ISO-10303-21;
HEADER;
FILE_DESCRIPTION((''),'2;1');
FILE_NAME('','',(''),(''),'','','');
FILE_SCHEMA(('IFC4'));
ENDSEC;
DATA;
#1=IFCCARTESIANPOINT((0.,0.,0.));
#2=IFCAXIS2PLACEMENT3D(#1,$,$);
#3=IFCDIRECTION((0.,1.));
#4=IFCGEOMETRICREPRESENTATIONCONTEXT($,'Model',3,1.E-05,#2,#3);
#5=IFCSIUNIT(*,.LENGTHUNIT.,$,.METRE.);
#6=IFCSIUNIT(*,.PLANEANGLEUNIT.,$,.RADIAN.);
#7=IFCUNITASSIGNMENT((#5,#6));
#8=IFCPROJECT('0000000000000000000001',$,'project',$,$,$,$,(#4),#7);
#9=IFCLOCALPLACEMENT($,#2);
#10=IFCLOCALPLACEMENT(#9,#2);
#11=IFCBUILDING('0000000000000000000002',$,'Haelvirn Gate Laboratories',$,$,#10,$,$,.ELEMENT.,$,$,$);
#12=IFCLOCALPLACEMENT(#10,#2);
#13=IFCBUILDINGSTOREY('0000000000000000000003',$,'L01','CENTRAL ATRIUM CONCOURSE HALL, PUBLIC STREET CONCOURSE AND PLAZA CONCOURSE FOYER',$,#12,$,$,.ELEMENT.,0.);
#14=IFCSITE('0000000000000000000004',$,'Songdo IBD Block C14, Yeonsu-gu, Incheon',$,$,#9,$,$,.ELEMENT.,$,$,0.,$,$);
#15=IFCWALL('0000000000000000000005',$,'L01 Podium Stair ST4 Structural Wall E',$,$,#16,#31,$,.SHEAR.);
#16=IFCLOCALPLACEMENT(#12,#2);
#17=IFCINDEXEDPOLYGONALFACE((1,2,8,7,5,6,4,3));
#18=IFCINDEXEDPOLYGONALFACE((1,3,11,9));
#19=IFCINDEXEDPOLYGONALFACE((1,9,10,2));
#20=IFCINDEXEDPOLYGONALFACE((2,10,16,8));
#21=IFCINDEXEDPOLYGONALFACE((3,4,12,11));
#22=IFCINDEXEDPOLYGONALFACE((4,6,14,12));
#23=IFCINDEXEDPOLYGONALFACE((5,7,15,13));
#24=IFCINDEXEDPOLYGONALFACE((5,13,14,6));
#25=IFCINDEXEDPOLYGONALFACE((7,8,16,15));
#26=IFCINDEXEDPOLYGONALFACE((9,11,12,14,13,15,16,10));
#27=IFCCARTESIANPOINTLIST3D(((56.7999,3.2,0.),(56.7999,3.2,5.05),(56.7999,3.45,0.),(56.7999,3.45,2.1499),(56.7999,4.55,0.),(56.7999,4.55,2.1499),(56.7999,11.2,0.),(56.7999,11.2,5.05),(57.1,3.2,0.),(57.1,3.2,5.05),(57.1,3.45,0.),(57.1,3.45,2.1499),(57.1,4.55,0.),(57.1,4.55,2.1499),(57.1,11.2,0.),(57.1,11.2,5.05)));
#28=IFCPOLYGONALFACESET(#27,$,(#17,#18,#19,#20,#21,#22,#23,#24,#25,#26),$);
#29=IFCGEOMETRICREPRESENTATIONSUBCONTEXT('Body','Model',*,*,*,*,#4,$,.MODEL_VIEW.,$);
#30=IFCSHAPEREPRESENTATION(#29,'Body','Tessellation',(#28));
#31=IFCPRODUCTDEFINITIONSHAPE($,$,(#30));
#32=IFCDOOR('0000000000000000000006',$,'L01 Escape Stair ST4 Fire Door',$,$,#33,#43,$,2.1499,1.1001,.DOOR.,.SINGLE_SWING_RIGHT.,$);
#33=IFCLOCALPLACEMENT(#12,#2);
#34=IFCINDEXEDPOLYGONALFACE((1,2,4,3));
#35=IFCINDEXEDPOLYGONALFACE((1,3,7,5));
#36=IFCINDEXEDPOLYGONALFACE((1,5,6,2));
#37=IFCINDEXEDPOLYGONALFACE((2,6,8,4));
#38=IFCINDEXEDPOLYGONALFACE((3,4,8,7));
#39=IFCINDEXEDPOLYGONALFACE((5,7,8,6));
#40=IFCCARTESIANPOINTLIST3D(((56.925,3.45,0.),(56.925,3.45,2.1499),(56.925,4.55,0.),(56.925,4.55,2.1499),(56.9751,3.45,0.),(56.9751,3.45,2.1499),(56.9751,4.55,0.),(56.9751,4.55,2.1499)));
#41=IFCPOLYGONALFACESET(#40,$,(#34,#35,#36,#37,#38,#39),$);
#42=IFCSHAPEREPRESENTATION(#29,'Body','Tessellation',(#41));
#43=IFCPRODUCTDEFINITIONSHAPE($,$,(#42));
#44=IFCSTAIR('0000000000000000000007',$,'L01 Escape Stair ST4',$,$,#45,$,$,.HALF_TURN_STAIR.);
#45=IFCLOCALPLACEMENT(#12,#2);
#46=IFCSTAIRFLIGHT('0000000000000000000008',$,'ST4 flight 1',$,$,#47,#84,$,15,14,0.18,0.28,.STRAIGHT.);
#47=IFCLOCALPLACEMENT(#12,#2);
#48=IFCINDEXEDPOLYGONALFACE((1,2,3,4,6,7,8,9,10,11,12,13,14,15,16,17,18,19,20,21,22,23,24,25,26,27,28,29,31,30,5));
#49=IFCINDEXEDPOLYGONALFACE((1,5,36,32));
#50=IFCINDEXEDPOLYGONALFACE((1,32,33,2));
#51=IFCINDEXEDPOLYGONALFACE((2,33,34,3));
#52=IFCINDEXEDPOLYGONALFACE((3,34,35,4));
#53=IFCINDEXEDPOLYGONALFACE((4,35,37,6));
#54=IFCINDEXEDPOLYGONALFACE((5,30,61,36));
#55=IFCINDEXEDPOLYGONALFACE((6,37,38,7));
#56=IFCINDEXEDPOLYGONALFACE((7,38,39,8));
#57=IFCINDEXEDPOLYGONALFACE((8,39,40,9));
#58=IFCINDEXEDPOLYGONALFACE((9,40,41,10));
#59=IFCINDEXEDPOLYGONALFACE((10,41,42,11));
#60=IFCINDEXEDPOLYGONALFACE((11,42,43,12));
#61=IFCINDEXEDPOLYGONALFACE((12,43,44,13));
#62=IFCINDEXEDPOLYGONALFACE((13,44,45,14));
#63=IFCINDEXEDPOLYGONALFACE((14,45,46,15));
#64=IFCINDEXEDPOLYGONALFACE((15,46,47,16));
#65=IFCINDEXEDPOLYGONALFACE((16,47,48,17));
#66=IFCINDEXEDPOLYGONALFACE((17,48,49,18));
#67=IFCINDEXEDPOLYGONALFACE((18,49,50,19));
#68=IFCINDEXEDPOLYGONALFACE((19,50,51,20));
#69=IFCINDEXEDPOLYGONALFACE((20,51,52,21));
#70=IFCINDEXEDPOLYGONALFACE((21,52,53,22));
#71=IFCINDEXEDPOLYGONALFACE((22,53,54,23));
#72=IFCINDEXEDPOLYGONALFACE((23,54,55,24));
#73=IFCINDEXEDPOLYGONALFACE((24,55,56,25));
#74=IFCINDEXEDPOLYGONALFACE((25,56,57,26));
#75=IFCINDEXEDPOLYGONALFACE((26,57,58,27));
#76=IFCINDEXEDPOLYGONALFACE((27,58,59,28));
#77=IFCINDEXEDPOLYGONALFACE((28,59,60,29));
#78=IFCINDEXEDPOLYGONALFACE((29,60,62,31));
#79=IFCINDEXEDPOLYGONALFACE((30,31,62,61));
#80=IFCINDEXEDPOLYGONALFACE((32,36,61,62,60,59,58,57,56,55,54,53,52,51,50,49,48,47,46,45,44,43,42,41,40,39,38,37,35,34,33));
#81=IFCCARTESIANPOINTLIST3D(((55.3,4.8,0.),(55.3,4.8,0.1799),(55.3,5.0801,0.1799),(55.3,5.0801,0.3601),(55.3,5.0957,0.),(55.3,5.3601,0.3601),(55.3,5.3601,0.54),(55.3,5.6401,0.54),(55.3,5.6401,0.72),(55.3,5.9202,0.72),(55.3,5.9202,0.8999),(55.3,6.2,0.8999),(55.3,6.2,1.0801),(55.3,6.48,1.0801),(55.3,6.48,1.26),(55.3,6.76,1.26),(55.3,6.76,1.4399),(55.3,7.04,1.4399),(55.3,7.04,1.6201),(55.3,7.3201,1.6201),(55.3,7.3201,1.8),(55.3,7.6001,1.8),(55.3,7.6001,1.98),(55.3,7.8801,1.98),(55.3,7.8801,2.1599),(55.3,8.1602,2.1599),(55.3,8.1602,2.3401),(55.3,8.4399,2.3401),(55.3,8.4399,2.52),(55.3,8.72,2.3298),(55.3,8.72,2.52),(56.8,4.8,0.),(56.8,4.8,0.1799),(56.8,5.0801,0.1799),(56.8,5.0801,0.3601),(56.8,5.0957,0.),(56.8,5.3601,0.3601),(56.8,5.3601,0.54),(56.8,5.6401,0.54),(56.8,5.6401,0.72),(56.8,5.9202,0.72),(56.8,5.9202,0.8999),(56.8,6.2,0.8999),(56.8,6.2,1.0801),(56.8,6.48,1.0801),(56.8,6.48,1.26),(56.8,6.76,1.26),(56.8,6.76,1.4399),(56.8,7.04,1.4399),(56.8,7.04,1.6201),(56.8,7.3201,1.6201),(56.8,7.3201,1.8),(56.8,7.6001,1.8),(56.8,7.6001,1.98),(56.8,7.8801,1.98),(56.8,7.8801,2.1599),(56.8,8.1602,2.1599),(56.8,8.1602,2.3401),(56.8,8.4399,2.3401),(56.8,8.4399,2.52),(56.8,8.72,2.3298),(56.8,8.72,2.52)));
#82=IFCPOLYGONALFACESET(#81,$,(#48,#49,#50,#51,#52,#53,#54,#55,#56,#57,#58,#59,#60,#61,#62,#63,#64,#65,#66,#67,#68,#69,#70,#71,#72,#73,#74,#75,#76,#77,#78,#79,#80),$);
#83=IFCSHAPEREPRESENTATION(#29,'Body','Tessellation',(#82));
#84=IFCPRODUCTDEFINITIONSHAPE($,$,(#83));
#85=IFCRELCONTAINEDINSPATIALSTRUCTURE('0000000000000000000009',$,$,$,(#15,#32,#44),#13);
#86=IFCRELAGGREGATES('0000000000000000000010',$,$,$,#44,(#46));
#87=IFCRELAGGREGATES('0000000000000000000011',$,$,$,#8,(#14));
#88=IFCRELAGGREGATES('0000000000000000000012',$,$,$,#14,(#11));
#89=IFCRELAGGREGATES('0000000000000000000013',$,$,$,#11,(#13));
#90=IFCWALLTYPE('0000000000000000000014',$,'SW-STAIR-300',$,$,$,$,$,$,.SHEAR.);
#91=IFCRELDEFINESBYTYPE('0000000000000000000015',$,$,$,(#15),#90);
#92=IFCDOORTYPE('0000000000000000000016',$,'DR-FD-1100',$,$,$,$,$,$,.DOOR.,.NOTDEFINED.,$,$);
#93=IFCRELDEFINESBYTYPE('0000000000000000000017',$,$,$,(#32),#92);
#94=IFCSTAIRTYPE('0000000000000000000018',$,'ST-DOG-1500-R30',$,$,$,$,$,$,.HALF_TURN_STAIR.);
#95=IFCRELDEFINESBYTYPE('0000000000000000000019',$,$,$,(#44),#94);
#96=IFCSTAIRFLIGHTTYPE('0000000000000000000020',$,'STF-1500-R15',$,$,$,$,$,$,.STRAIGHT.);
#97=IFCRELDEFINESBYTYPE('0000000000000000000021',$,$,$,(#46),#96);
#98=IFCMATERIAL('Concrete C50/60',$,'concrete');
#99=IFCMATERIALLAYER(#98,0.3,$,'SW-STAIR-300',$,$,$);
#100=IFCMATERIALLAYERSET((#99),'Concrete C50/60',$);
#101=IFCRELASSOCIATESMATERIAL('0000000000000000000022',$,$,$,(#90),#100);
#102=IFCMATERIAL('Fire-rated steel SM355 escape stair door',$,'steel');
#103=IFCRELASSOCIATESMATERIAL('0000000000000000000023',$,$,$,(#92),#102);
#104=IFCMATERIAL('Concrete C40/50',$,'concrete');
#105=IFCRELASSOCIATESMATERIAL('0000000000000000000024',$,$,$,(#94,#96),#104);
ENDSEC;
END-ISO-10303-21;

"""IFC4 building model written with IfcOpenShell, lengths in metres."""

from ifc_helpers import new_model, si_unit, direction, frame, frame_2d, origin, place, context, subcontext, project, spatial, polyline, rectangle, outline, extrude, source, transform, mapped, material, layer, layer_set, type_object, type_shapes, element, fill, aggregate, save


model = new_model("IFC4")

# Units and contexts
model_context = context("Model", 3, precision=1e-05, world=origin(), true_north=direction((0.0, 1.0)))
body_context = subcontext(model_context, "Body", "Model", "MODEL_VIEW")
ifc_project = project(units=[si_unit("LENGTHUNIT", "METRE"), si_unit("PLANEANGLEUNIT", "RADIAN")], contexts=[model_context])

# Site, building, storey
site_placement = place(None, origin())
site = spatial("IfcSite", under=ifc_project, at=site_placement, Name="Songdo IBD Block C14, Yeonsu-gu, Incheon", CompositionType="ELEMENT", RefElevation=0.0)
building_placement = place(site_placement, origin())
building = spatial("IfcBuilding", under=site, at=building_placement, Name="Haelvirn Gate Laboratories", CompositionType="ELEMENT")
storey_placement = place(building_placement, origin())
storey = spatial("IfcBuildingStorey", under=building, at=storey_placement, Name="L01", Description="CENTRAL ATRIUM CONCOURSE HALL, PUBLIC STREET CONCOURSE AND PLAZA CONCOURSE FOYER", CompositionType="ELEMENT", Elevation=0.0)

# Shared definitions
ifc_material_1 = material(Name="Concrete C40/50", Category="concrete")

# Wall, opening, door
ifc_material_2 = material(Name="Concrete C50/60", Category="concrete")
ifc_layer_1 = layer(ifc_material_2, 0.3, Name="SW-STAIR-300")
ifc_layer_set_1 = layer_set([ifc_layer_1], Name="Concrete C50/60")
wall_type_1 = type_object("IfcWallType", Name="SW-STAIR-300", PredefinedType="SHEAR", material=ifc_layer_set_1)
wall_1_placement = place(storey_placement, frame((56.95, 3.2, 0.0), z_axis=(0.0, 0.0, 1.0), x_axis=(0.0, 1.0, 0.0)))
wall_1 = element("IfcWall", 1, at=wall_1_placement, inside=storey, type_object=wall_type_1, Name="L01 Podium Stair ST4 Structural Wall E", PredefinedType="SHEAR", context=body_context, shape_type="SweptSolid", body=[
    extrude(rectangle(XDim=8.0, YDim=0.3, at=frame_2d((4.0, 0.0))), origin(), (0.0, 0.0, 1.0), 5.05),
])
opening_1_placement = place(wall_1_placement, frame((0.25, 0.0, 0.0)))
opening_1 = element("IfcOpeningElement", 2, at=opening_1_placement, cuts=wall_1, PredefinedType="OPENING", context=body_context, shape_type="SweptSolid", body=[
    extrude(rectangle(XDim=1.1001, YDim=2.1499, at=frame_2d((0.55, 1.075))), frame((0.0, 0.1602, 0.0), z_axis=(0.0, -1.0, 0.0), x_axis=(1.0, 0.0, 0.0)), (0.0, 0.0, 1.0), 0.3201),
])
ifc_material_3 = material(Name="Fire-rated steel SM355 escape stair door", Category="steel")
door_type_1 = type_object("IfcDoorType", Name="DR-FD-1100", OperationType="NOTDEFINED", PredefinedType="DOOR", material=ifc_material_3)
shared_shape_1 = source(origin(), body_context, "Body", "SweptSolid", [
    extrude(rectangle(XDim=1.1001, YDim=2.1499, at=frame_2d((0.55, 1.075))), frame((0.0, 0.0249, 0.0), z_axis=(0.0, -1.0, 0.0), x_axis=(1.0, 0.0, 0.0)), (0.0, 0.0, 1.0), 0.05),
])
type_shapes(door_type_1, [shared_shape_1])
door_1_placement = place(opening_1_placement, origin())
door_1 = element("IfcDoor", 3, at=door_1_placement, inside=storey, type_object=door_type_1, Name="L01 Escape Stair ST4 Fire Door", OperationType="SINGLE_SWING_RIGHT", OverallHeight=2.1499, OverallWidth=1.1001, PredefinedType="DOOR", context=body_context, shape_type="MappedRepresentation", body=[
    mapped(shared_shape_1, transform((0.0, 0.0, 0.0), scale=1.0)),
])
fill(opening_1, door_1)

# Stair, stair flight
stair_type = type_object("IfcStairType", Name="ST-DOG-1500-R30", PredefinedType="HALF_TURN_STAIR", material=ifc_material_1)
stair_placement = place(storey_placement, origin())
stair = element("IfcStair", 4, at=stair_placement, inside=storey, type_object=stair_type, Name="L01 Escape Stair ST4", PredefinedType="HALF_TURN_STAIR")
stair_flight_type = type_object("IfcStairFlightType", Name="STF-1500-R15", PredefinedType="STRAIGHT", material=ifc_material_1)
shared_shape_2 = source(origin(), body_context, "Body", "SweptSolid", [
    extrude(outline(polyline([(0.0, 0.0), (0.0, 0.1799), (0.28, 0.1799), (0.28, 0.3601), (0.5601, 0.3601), (0.5601, 0.54), (0.8401, 0.54), (0.8401, 0.72), (1.1201, 0.72), (1.1201, 0.8999), (1.3999, 0.8999), (1.3999, 1.0801), (1.6799, 1.0801), (1.6799, 1.26), (1.96, 1.26), (1.96, 1.4399), (2.24, 1.4399), (2.24, 1.6201), (2.52, 1.6201), (2.52, 1.8), (2.8, 1.8), (2.8, 1.98), (3.0801, 1.98), (3.0801, 2.1599), (3.3601, 2.1599), (3.3601, 2.3401), (3.6399, 2.3401), (3.6399, 2.52), (3.9199, 2.52), (3.9199, 2.7), (3.9199, 2.3298), (0.2957, 0.0), (0.0, 0.0)])), frame((0.0, 0.75, 0.0), z_axis=(0.0, -1.0, 0.0), x_axis=(1.0, 0.0, 0.0)), (0.0, 0.0, 1.0), 1.5),
])
type_shapes(stair_flight_type, [shared_shape_2])
stair_flight_placement = place(storey_placement, frame((56.05, 4.8, 0.0), z_axis=(0.0, 0.0, 1.0), x_axis=(0.0, 1.0, 0.0)))
stair_flight = element("IfcStairFlight", 5, at=stair_flight_placement, type_object=stair_flight_type, Name="ST4 flight 1", NumberOfRisers=15, NumberOfTreads=14, PredefinedType="STRAIGHT", RiserHeight=0.18, TreadLength=0.28, context=body_context, shape_type="MappedRepresentation", body=[
    mapped(shared_shape_2, transform((0.0, 0.0, 0.0), scale=1.0)),
])
aggregate(stair, [stair_flight])

save(model, "model.ifc")
